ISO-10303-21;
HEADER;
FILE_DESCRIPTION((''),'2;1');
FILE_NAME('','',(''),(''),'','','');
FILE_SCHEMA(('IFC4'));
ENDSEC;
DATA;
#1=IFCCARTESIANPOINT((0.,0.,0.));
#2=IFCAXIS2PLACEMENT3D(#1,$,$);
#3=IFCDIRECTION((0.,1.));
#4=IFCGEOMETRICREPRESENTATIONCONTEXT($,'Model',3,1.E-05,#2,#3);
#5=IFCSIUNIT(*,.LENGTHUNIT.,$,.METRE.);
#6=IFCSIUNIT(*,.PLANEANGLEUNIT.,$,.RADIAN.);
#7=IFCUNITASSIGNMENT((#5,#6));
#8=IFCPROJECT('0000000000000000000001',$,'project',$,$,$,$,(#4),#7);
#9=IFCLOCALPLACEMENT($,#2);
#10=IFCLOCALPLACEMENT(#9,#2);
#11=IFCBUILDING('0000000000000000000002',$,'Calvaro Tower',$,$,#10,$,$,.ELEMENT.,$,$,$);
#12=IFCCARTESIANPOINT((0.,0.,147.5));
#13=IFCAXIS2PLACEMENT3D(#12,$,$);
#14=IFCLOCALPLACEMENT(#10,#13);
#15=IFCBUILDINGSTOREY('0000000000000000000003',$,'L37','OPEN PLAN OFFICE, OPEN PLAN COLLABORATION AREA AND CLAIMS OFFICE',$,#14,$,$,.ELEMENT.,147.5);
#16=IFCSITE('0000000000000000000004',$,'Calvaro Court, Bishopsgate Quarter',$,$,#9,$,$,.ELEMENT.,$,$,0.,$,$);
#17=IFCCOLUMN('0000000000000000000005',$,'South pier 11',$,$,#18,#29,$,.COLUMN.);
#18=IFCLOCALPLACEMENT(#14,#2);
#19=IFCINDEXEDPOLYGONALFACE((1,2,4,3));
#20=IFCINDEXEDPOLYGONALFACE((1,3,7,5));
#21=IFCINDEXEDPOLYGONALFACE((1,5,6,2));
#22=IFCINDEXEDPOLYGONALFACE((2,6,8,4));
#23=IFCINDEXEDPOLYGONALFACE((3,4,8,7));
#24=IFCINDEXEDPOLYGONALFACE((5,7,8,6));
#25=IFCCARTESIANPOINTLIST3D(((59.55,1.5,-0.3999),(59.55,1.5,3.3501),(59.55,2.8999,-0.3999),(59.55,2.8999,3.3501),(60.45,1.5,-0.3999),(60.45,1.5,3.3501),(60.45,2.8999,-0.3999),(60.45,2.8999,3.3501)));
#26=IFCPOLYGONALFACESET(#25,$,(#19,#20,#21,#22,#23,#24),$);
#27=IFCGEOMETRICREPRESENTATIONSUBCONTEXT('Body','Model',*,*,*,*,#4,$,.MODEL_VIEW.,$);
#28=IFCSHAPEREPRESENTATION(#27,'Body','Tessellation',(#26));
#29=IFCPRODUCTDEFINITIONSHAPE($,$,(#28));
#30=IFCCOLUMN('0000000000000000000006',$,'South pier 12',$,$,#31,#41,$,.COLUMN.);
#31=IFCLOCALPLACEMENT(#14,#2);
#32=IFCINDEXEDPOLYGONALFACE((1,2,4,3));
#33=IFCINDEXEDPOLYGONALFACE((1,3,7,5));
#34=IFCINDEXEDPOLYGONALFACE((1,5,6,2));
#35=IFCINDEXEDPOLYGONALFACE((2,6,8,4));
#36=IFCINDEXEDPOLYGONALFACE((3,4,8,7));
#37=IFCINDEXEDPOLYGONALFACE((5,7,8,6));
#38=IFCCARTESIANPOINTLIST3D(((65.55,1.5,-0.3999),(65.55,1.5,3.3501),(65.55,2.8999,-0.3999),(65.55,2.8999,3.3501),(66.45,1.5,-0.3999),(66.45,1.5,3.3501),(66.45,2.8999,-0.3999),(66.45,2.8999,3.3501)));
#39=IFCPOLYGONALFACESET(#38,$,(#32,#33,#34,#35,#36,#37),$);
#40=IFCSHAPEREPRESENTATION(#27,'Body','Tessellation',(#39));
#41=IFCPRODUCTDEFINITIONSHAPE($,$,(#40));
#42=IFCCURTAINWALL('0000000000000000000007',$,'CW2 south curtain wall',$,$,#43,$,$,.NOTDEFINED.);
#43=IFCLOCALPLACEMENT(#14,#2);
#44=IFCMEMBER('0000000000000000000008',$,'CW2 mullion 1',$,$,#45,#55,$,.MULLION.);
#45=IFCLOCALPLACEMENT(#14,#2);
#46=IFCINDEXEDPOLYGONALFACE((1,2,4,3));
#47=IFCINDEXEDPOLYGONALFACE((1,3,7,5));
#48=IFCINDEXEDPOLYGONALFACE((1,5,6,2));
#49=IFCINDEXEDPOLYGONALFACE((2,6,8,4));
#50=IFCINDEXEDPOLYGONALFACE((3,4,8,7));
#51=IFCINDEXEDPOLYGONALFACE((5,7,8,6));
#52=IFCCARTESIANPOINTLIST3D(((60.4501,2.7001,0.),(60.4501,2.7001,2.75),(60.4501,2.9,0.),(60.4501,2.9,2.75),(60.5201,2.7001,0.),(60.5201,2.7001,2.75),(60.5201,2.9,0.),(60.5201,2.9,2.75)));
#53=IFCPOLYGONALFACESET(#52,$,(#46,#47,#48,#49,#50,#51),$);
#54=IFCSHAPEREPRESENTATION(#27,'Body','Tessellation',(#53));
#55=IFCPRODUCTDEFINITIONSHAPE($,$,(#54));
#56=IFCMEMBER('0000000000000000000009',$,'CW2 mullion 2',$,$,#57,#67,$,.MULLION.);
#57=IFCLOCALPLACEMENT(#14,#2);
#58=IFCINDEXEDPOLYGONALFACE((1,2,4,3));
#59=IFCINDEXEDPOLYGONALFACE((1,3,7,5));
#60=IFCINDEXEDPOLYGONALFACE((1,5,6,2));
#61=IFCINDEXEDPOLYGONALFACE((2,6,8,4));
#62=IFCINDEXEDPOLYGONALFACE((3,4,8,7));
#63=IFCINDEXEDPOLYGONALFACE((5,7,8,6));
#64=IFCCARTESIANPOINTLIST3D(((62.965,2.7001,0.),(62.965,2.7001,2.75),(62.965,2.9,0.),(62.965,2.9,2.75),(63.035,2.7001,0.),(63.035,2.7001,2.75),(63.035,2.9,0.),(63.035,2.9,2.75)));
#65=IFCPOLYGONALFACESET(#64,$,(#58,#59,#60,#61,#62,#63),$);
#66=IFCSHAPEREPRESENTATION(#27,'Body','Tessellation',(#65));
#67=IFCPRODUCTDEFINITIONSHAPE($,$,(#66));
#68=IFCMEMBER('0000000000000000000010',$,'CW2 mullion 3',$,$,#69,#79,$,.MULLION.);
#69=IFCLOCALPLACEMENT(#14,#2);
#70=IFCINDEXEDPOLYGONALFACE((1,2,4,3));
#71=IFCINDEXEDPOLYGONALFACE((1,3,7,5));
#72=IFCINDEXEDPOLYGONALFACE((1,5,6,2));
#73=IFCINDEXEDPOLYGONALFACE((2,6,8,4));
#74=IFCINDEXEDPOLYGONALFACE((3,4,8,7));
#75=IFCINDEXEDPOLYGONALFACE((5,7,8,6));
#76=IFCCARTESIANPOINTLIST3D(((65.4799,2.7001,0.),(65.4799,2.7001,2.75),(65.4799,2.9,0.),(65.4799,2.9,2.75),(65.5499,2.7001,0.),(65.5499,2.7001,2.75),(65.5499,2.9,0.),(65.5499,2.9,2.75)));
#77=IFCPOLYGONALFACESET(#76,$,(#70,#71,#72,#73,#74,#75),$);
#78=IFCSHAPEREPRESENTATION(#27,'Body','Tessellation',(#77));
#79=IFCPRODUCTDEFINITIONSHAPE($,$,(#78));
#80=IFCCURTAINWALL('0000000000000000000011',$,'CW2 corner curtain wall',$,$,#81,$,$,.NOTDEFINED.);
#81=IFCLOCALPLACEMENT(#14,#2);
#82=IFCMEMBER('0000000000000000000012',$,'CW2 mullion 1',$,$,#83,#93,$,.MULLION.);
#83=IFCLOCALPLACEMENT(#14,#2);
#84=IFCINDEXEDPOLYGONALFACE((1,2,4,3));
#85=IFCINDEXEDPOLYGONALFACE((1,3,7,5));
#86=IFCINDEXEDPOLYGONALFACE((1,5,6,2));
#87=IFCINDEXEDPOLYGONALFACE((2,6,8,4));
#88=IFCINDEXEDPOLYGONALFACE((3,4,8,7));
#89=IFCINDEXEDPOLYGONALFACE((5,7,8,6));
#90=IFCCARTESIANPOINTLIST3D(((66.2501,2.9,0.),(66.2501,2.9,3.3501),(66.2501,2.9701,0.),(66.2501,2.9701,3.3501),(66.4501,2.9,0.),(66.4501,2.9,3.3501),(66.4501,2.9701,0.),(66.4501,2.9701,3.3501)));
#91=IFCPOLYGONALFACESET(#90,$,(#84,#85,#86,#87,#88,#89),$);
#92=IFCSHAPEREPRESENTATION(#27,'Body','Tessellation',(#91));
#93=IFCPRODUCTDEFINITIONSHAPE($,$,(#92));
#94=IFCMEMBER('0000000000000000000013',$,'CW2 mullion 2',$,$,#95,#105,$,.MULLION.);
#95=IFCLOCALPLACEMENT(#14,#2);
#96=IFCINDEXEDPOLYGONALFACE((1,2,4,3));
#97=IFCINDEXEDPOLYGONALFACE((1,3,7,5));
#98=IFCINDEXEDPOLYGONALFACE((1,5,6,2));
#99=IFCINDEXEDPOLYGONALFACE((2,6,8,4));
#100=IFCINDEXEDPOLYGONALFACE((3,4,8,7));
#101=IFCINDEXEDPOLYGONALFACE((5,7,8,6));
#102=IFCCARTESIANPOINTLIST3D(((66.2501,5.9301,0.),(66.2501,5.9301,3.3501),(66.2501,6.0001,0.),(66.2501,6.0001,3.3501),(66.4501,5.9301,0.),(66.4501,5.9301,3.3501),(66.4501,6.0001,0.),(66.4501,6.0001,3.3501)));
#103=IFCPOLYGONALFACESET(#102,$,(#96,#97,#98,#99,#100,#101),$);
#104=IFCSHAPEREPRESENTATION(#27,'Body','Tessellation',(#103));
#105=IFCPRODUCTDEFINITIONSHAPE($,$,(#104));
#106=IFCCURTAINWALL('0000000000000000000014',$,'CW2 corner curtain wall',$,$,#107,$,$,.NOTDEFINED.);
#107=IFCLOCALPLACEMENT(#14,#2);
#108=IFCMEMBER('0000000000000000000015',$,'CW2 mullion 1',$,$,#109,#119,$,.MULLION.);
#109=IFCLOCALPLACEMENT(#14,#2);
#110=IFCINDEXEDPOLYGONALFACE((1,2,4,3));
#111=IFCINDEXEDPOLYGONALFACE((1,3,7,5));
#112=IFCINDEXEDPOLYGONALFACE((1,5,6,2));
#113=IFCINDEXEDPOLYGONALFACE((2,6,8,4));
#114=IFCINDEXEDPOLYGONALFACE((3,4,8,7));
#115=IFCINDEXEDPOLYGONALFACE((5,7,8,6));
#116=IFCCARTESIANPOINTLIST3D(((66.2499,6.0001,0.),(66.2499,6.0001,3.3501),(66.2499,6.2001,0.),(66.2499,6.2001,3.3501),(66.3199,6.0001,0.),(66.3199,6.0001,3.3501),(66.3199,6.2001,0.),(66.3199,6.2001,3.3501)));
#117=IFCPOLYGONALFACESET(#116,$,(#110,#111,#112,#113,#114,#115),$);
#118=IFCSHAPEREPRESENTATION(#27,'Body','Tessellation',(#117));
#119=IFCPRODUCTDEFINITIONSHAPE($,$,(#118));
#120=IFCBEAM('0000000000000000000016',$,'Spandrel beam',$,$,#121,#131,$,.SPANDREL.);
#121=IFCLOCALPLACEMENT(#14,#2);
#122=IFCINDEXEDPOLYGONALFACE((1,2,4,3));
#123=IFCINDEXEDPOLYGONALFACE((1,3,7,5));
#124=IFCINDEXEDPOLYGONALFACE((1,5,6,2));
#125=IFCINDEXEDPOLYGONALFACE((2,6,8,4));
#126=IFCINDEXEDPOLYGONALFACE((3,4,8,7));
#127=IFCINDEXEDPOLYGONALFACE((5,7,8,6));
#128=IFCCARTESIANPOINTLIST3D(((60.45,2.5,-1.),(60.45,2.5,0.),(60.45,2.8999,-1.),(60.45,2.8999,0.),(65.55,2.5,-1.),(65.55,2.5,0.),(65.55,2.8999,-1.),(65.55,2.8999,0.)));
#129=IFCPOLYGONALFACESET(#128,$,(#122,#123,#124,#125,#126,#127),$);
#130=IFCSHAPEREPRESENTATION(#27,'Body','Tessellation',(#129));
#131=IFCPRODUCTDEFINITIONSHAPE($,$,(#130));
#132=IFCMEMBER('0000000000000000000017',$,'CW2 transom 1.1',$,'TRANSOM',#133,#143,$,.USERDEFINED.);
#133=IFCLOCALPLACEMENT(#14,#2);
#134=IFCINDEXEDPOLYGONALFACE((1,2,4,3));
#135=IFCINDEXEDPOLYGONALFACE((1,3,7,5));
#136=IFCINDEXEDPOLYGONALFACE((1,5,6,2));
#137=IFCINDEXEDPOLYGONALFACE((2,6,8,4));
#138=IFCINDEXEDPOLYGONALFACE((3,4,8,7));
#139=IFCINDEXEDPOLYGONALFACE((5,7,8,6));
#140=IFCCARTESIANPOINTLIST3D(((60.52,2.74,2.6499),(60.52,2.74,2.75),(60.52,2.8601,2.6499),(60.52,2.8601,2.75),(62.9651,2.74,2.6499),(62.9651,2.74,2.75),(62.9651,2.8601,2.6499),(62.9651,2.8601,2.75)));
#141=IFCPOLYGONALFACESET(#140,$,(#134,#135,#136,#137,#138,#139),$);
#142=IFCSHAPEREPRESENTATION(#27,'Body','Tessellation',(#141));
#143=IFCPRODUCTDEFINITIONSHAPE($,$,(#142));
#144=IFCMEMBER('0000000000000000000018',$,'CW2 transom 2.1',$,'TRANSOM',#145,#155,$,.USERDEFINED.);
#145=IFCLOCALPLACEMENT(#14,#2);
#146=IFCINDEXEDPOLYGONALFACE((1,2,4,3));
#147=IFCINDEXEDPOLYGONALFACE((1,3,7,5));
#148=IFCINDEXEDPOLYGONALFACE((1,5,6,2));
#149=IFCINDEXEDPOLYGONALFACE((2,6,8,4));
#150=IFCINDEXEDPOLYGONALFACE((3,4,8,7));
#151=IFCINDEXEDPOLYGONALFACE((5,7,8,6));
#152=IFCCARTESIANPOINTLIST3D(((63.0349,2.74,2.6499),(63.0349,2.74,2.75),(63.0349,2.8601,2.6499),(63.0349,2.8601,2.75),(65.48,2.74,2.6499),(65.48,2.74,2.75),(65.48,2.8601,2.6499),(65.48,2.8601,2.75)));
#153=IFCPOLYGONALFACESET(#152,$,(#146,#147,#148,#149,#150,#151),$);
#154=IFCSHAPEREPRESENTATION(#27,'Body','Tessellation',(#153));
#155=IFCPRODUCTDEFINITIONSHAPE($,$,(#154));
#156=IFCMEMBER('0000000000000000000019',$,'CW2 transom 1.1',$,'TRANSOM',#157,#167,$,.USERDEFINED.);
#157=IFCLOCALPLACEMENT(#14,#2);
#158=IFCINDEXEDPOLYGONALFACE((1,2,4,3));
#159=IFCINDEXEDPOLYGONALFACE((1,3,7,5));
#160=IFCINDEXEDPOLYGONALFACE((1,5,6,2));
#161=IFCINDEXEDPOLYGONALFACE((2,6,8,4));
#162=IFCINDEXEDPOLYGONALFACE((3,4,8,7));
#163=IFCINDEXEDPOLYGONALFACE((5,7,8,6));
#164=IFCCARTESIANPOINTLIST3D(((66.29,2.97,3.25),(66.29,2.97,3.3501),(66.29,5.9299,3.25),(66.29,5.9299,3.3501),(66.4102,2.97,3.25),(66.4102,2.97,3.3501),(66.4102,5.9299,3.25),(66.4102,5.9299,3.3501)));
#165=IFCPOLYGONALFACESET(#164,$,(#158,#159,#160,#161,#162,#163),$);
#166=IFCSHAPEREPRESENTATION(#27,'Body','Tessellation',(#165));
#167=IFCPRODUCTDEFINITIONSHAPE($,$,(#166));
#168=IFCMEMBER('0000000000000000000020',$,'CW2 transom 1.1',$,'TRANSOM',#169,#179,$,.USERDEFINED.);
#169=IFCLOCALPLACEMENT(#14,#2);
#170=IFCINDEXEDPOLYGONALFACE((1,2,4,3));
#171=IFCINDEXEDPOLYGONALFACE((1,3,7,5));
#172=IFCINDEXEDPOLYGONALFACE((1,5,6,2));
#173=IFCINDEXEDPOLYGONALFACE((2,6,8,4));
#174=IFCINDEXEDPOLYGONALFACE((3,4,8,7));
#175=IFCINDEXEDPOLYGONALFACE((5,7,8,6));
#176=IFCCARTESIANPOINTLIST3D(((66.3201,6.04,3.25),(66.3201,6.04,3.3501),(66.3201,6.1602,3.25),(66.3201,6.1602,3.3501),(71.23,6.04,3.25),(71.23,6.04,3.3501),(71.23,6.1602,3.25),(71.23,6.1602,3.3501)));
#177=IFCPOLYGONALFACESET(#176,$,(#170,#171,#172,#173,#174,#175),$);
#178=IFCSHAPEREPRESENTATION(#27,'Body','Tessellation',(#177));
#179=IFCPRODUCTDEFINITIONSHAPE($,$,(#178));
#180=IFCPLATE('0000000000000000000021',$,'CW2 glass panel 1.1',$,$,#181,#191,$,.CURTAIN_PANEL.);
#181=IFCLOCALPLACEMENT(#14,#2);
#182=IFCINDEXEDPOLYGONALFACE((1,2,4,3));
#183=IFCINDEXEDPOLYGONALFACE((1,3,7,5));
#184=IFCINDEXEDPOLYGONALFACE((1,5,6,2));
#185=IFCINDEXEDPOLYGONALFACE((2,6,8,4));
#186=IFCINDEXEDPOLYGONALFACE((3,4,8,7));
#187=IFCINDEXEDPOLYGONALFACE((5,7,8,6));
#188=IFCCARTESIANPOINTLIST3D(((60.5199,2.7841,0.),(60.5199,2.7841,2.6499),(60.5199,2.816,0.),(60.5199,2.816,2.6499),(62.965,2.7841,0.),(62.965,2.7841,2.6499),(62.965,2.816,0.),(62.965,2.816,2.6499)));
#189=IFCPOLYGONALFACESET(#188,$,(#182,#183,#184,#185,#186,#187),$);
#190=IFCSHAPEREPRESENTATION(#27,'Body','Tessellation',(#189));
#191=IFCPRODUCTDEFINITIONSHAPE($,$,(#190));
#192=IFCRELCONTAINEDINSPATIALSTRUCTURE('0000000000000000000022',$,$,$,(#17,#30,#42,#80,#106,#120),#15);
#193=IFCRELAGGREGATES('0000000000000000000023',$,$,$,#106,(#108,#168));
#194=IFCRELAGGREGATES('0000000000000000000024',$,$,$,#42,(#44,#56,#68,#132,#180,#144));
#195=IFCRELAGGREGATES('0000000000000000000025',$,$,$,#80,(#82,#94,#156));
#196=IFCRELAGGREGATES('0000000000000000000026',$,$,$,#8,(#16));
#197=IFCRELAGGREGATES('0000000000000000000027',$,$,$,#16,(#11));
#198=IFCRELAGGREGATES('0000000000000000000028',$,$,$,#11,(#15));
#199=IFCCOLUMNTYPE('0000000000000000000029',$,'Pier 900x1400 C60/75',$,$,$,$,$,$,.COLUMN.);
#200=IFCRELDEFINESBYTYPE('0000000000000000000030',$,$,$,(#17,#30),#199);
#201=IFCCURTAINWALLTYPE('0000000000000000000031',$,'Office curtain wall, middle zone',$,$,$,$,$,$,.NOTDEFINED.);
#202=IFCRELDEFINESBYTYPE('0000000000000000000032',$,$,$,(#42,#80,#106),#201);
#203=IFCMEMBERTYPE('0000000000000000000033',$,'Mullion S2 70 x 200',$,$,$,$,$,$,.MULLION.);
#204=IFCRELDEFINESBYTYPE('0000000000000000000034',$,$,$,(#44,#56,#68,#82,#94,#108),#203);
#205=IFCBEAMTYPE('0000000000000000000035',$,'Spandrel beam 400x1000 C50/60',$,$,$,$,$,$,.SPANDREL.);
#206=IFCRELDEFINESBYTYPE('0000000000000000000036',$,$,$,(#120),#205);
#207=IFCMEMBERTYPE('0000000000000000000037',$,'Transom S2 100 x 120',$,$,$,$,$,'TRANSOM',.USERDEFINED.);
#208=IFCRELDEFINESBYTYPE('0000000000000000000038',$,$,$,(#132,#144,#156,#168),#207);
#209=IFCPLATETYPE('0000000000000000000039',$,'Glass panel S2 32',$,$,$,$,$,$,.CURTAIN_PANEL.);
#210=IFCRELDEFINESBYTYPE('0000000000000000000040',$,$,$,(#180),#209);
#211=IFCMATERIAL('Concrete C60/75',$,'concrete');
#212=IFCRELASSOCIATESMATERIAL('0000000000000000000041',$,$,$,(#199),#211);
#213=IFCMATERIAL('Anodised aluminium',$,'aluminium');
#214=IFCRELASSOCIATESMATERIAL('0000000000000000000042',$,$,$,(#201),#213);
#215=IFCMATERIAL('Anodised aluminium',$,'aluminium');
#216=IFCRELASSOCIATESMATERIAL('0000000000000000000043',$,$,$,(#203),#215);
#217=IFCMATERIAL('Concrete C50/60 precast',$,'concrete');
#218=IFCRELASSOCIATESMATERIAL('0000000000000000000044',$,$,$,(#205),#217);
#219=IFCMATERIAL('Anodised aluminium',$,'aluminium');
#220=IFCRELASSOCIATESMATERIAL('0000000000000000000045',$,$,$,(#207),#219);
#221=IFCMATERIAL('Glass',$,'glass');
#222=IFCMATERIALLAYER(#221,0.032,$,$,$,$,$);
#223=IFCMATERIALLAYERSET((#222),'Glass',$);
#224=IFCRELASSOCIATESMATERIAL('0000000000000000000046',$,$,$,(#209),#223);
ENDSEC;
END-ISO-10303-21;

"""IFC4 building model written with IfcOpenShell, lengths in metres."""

from ifc_helpers import new_model, si_unit, direction, frame, origin, origin_2d, place, context, subcontext, project, spatial, rectangle, extrude, material, layer, layer_set, material_profile, profile_set, type_object, element, aggregate, save


model = new_model("IFC4")

# Units and contexts
model_context = context("Model", 3, precision=1e-05, world=origin(), true_north=direction((0.0, 1.0)))
body_context = subcontext(model_context, "Body", "Model", "MODEL_VIEW")
ifc_project = project(units=[si_unit("LENGTHUNIT", "METRE"), si_unit("PLANEANGLEUNIT", "RADIAN")], contexts=[model_context])

# Site, building, storey
site_placement = place(None, origin())
site = spatial("IfcSite", under=ifc_project, at=site_placement, Name="Calvaro Court, Bishopsgate Quarter", CompositionType="ELEMENT", RefElevation=0.0)
building_placement = place(site_placement, origin())
building = spatial("IfcBuilding", under=site, at=building_placement, Name="Calvaro Tower", CompositionType="ELEMENT")
storey_placement = place(building_placement, frame((0.0, 0.0, 147.5)))
storey = spatial("IfcBuildingStorey", under=building, at=storey_placement, Name="L37", Description="OPEN PLAN OFFICE, OPEN PLAN COLLABORATION AREA AND CLAIMS OFFICE", CompositionType="ELEMENT", Elevation=147.5)

# Columns
ifc_material_1 = material(Name="Concrete C60/75", Category="concrete")
ifc_material_profile_1 = material_profile(ifc_material_1, rectangle(XDim=0.8999, YDim=1.3999, at=origin_2d()), Name="RC 900x1400")
ifc_profile_set_1 = profile_set([ifc_material_profile_1], Name="Concrete C60/75")
column_type = type_object("IfcColumnType", Name="Pier 900x1400 C60/75", PredefinedType="COLUMN", material=ifc_profile_set_1)
for number, where, z_axis, x_axis, name in (
    (1, (60.0, 2.2, -0.3999), (0.0, 0.0, 1.0), (1.0, 0.0, 0.0), "South pier 11"),
    (2, (66.0, 2.2, -0.3999), (0.0, 0.0, 1.0), (1.0, 0.0, 0.0), "South pier 12"),
):
    element("IfcColumn", number, at=place(storey_placement, frame(where, z_axis=z_axis, x_axis=x_axis)), inside=storey, type_object=column_type, Name=name, PredefinedType="COLUMN", context=body_context, shape_type="SweptSolid", body=[
        extrude(rectangle(XDim=0.8999, YDim=1.3999, at=origin_2d()), origin(), (0.0, 0.0, 1.0), 3.75),
    ])

# Curtain walls, members
ifc_material_2 = material(Name="Anodised aluminium", Category="aluminium")
curtain_wall_type = type_object("IfcCurtainWallType", Name="Office curtain wall, middle zone", PredefinedType="NOTDEFINED", material=ifc_material_2)
curtain_wall_1_placement = place(storey_placement, origin())
curtain_wall_1 = element("IfcCurtainWall", 3, at=curtain_wall_1_placement, inside=storey, type_object=curtain_wall_type, Name="CW2 south curtain wall", PredefinedType="NOTDEFINED")
ifc_material_3 = material(Name="Anodised aluminium", Category="aluminium")
ifc_material_profile_2 = material_profile(ifc_material_3, rectangle(XDim=0.2, YDim=0.0701, at=origin_2d()), Name="Mullion S2 70 x 200")
ifc_profile_set_2 = profile_set([ifc_material_profile_2], Name="Anodised aluminium")
member_type_1 = type_object("IfcMemberType", Name="Mullion S2 70 x 200", PredefinedType="MULLION", material=ifc_profile_set_2)
member_1_placement = place(storey_placement, frame((60.4851, 2.8, 0.0), z_axis=(0.0, 0.0, 1.0), x_axis=(0.0, 1.0, 0.0)))
member_1 = element("IfcMember", 4, at=member_1_placement, type_object=member_type_1, Name="CW2 mullion 1", PredefinedType="MULLION", context=body_context, shape_type="SweptSolid", body=[
    extrude(rectangle(XDim=0.2, YDim=0.0701, at=origin_2d()), origin(), (0.0, 0.0, 1.0), 2.75),
])
member_2_placement = place(storey_placement, frame((63.0, 2.8, 0.0), z_axis=(0.0, 0.0, 1.0), x_axis=(0.0, 1.0, 0.0)))
member_2 = element("IfcMember", 5, at=member_2_placement, type_object=member_type_1, Name="CW2 mullion 2", PredefinedType="MULLION", context=body_context, shape_type="SweptSolid", body=[
    extrude(rectangle(XDim=0.2, YDim=0.0701, at=origin_2d()), origin(), (0.0, 0.0, 1.0), 2.75),
])
member_3_placement = place(storey_placement, frame((65.5149, 2.8, 0.0), z_axis=(0.0, 0.0, 1.0), x_axis=(0.0, 1.0, 0.0)))
member_3 = element("IfcMember", 6, at=member_3_placement, type_object=member_type_1, Name="CW2 mullion 3", PredefinedType="MULLION", context=body_context, shape_type="SweptSolid", body=[
    extrude(rectangle(XDim=0.2, YDim=0.0701, at=origin_2d()), origin(), (0.0, 0.0, 1.0), 2.75),
])
curtain_wall_2_placement = place(storey_placement, origin())
curtain_wall_2 = element("IfcCurtainWall", 7, at=curtain_wall_2_placement, inside=storey, type_object=curtain_wall_type, Name="CW2 corner curtain wall", PredefinedType="NOTDEFINED")
member_4_placement = place(storey_placement, frame((66.3501, 2.9351, 0.0), z_axis=(0.0, 0.0, 1.0), x_axis=(-1.0, 0.0, 0.0)))
member_4 = element("IfcMember", 8, at=member_4_placement, type_object=member_type_1, Name="CW2 mullion 1", PredefinedType="MULLION", context=body_context, shape_type="SweptSolid", body=[
    extrude(rectangle(XDim=0.2, YDim=0.0701, at=origin_2d()), origin(), (0.0, 0.0, 1.0), 3.3501),
])
member_5_placement = place(storey_placement, frame((66.3501, 5.9651, 0.0), z_axis=(0.0, 0.0, 1.0), x_axis=(-1.0, 0.0, 0.0)))
member_5 = element("IfcMember", 9, at=member_5_placement, type_object=member_type_1, Name="CW2 mullion 2", PredefinedType="MULLION", context=body_context, shape_type="SweptSolid", body=[
    extrude(rectangle(XDim=0.2, YDim=0.0701, at=origin_2d()), origin(), (0.0, 0.0, 1.0), 3.3501),
])

# Curtain wall, member
curtain_wall_3_placement = place(storey_placement, origin())
curtain_wall_3 = element("IfcCurtainWall", 10, at=curtain_wall_3_placement, inside=storey, type_object=curtain_wall_type, Name="CW2 corner curtain wall", PredefinedType="NOTDEFINED")
member_6_placement = place(storey_placement, frame((66.2849, 6.1001, 0.0), z_axis=(0.0, 0.0, 1.0), x_axis=(0.0, 1.0, 0.0)))
member_6 = element("IfcMember", 11, at=member_6_placement, type_object=member_type_1, Name="CW2 mullion 1", PredefinedType="MULLION", context=body_context, shape_type="SweptSolid", body=[
    extrude(rectangle(XDim=0.2, YDim=0.0701, at=origin_2d()), origin(), (0.0, 0.0, 1.0), 3.3501),
])

# Beam
ifc_material_4 = material(Name="Concrete C50/60 precast", Category="concrete")
ifc_material_profile_3 = material_profile(ifc_material_4, rectangle(XDim=0.3999, YDim=1.0, at=origin_2d()), Name="RC 400x1000")
ifc_profile_set_3 = profile_set([ifc_material_profile_3], Name="Concrete C50/60 precast")
beam_type = type_object("IfcBeamType", Name="Spandrel beam 400x1000 C50/60", PredefinedType="SPANDREL", material=ifc_profile_set_3)
beam_placement = place(storey_placement, frame((60.45, 2.7, -0.5), z_axis=(1.0, 0.0, 0.0), x_axis=(0.0, 1.0, 0.0)))
element("IfcBeam", 12, at=beam_placement, inside=storey, type_object=beam_type, Name="Spandrel beam", PredefinedType="SPANDREL", context=body_context, shape_type="SweptSolid", body=[
    extrude(rectangle(XDim=0.3999, YDim=1.0, at=origin_2d()), origin(), (0.0, 0.0, 1.0), 5.1001),
])

# Members
ifc_material_5 = material(Name="Anodised aluminium", Category="aluminium")
ifc_material_profile_4 = material_profile(ifc_material_5, rectangle(XDim=0.1201, YDim=0.1001, at=origin_2d()), Name="Transom S2 100 x 120")
ifc_profile_set_4 = profile_set([ifc_material_profile_4], Name="Anodised aluminium")
member_type_2 = type_object("IfcMemberType", Name="Transom S2 100 x 120", ElementType="TRANSOM", PredefinedType="USERDEFINED", material=ifc_profile_set_4)
member_7_placement = place(storey_placement, frame((60.52, 2.8, 2.7), z_axis=(1.0, 0.0, 0.0), x_axis=(0.0, 1.0, 0.0)))
member_7 = element("IfcMember", 13, at=member_7_placement, type_object=member_type_2, Name="CW2 transom 1.1", ObjectType="TRANSOM", PredefinedType="USERDEFINED", context=body_context, shape_type="SweptSolid", body=[
    extrude(rectangle(XDim=0.1201, YDim=0.1001, at=origin_2d()), origin(), (0.0, 0.0, 1.0), 2.4451),
])
member_8_placement = place(storey_placement, frame((63.0349, 2.8, 2.7), z_axis=(1.0, 0.0, 0.0), x_axis=(0.0, 1.0, 0.0)))
member_8 = element("IfcMember", 14, at=member_8_placement, type_object=member_type_2, Name="CW2 transom 2.1", ObjectType="TRANSOM", PredefinedType="USERDEFINED", context=body_context, shape_type="SweptSolid", body=[
    extrude(rectangle(XDim=0.1201, YDim=0.1001, at=origin_2d()), origin(), (0.0, 0.0, 1.0), 2.4451),
])
member_9_placement = place(storey_placement, frame((66.3501, 2.97, 3.3), z_axis=(0.0, 1.0, 0.0), x_axis=(-1.0, 0.0, 0.0)))
member_9 = element("IfcMember", 15, at=member_9_placement, type_object=member_type_2, Name="CW2 transom 1.1", ObjectType="TRANSOM", PredefinedType="USERDEFINED", context=body_context, shape_type="SweptSolid", body=[
    extrude(rectangle(XDim=0.1201, YDim=0.1001, at=origin_2d()), origin(), (0.0, 0.0, 1.0), 2.96),
])
member_10_placement = place(storey_placement, frame((66.3201, 6.1001, 3.3), z_axis=(1.0, 0.0, 0.0), x_axis=(0.0, 1.0, 0.0)))
member_10 = element("IfcMember", 16, at=member_10_placement, type_object=member_type_2, Name="CW2 transom 1.1", ObjectType="TRANSOM", PredefinedType="USERDEFINED", context=body_context, shape_type="SweptSolid", body=[
    extrude(rectangle(XDim=0.1201, YDim=0.1001, at=origin_2d()), origin(), (0.0, 0.0, 1.0), 4.9099),
])
aggregate(curtain_wall_3, [member_6, member_10])

# Plate
ifc_material_6 = material(Name="Glass", Category="glass")
ifc_layer_1 = layer(ifc_material_6, 0.032)
ifc_layer_set_1 = layer_set([ifc_layer_1], Name="Glass")
plate_type = type_object("IfcPlateType", Name="Glass panel S2 32", PredefinedType="CURTAIN_PANEL", material=ifc_layer_set_1)
plate_1_placement = place(storey_placement, frame((61.7424, 2.8, 0.0), z_axis=(0.0, 0.0, 1.0), x_axis=(1.0, 0.0, 0.0)))
plate_1 = element("IfcPlate", 17, at=plate_1_placement, type_object=plate_type, Name="CW2 glass panel 1.1", PredefinedType="CURTAIN_PANEL", context=body_context, shape_type="SweptSolid", body=[
    extrude(rectangle(XDim=2.4451, YDim=0.032, at=origin_2d()), origin(), (0.0, 0.0, 1.0), 2.6499),
])
aggregate(curtain_wall_1, [member_1, member_2, member_3, member_7, plate_1, member_8])
aggregate(curtain_wall_2, [member_4, member_5, member_9])

save(model, "model.ifc")
